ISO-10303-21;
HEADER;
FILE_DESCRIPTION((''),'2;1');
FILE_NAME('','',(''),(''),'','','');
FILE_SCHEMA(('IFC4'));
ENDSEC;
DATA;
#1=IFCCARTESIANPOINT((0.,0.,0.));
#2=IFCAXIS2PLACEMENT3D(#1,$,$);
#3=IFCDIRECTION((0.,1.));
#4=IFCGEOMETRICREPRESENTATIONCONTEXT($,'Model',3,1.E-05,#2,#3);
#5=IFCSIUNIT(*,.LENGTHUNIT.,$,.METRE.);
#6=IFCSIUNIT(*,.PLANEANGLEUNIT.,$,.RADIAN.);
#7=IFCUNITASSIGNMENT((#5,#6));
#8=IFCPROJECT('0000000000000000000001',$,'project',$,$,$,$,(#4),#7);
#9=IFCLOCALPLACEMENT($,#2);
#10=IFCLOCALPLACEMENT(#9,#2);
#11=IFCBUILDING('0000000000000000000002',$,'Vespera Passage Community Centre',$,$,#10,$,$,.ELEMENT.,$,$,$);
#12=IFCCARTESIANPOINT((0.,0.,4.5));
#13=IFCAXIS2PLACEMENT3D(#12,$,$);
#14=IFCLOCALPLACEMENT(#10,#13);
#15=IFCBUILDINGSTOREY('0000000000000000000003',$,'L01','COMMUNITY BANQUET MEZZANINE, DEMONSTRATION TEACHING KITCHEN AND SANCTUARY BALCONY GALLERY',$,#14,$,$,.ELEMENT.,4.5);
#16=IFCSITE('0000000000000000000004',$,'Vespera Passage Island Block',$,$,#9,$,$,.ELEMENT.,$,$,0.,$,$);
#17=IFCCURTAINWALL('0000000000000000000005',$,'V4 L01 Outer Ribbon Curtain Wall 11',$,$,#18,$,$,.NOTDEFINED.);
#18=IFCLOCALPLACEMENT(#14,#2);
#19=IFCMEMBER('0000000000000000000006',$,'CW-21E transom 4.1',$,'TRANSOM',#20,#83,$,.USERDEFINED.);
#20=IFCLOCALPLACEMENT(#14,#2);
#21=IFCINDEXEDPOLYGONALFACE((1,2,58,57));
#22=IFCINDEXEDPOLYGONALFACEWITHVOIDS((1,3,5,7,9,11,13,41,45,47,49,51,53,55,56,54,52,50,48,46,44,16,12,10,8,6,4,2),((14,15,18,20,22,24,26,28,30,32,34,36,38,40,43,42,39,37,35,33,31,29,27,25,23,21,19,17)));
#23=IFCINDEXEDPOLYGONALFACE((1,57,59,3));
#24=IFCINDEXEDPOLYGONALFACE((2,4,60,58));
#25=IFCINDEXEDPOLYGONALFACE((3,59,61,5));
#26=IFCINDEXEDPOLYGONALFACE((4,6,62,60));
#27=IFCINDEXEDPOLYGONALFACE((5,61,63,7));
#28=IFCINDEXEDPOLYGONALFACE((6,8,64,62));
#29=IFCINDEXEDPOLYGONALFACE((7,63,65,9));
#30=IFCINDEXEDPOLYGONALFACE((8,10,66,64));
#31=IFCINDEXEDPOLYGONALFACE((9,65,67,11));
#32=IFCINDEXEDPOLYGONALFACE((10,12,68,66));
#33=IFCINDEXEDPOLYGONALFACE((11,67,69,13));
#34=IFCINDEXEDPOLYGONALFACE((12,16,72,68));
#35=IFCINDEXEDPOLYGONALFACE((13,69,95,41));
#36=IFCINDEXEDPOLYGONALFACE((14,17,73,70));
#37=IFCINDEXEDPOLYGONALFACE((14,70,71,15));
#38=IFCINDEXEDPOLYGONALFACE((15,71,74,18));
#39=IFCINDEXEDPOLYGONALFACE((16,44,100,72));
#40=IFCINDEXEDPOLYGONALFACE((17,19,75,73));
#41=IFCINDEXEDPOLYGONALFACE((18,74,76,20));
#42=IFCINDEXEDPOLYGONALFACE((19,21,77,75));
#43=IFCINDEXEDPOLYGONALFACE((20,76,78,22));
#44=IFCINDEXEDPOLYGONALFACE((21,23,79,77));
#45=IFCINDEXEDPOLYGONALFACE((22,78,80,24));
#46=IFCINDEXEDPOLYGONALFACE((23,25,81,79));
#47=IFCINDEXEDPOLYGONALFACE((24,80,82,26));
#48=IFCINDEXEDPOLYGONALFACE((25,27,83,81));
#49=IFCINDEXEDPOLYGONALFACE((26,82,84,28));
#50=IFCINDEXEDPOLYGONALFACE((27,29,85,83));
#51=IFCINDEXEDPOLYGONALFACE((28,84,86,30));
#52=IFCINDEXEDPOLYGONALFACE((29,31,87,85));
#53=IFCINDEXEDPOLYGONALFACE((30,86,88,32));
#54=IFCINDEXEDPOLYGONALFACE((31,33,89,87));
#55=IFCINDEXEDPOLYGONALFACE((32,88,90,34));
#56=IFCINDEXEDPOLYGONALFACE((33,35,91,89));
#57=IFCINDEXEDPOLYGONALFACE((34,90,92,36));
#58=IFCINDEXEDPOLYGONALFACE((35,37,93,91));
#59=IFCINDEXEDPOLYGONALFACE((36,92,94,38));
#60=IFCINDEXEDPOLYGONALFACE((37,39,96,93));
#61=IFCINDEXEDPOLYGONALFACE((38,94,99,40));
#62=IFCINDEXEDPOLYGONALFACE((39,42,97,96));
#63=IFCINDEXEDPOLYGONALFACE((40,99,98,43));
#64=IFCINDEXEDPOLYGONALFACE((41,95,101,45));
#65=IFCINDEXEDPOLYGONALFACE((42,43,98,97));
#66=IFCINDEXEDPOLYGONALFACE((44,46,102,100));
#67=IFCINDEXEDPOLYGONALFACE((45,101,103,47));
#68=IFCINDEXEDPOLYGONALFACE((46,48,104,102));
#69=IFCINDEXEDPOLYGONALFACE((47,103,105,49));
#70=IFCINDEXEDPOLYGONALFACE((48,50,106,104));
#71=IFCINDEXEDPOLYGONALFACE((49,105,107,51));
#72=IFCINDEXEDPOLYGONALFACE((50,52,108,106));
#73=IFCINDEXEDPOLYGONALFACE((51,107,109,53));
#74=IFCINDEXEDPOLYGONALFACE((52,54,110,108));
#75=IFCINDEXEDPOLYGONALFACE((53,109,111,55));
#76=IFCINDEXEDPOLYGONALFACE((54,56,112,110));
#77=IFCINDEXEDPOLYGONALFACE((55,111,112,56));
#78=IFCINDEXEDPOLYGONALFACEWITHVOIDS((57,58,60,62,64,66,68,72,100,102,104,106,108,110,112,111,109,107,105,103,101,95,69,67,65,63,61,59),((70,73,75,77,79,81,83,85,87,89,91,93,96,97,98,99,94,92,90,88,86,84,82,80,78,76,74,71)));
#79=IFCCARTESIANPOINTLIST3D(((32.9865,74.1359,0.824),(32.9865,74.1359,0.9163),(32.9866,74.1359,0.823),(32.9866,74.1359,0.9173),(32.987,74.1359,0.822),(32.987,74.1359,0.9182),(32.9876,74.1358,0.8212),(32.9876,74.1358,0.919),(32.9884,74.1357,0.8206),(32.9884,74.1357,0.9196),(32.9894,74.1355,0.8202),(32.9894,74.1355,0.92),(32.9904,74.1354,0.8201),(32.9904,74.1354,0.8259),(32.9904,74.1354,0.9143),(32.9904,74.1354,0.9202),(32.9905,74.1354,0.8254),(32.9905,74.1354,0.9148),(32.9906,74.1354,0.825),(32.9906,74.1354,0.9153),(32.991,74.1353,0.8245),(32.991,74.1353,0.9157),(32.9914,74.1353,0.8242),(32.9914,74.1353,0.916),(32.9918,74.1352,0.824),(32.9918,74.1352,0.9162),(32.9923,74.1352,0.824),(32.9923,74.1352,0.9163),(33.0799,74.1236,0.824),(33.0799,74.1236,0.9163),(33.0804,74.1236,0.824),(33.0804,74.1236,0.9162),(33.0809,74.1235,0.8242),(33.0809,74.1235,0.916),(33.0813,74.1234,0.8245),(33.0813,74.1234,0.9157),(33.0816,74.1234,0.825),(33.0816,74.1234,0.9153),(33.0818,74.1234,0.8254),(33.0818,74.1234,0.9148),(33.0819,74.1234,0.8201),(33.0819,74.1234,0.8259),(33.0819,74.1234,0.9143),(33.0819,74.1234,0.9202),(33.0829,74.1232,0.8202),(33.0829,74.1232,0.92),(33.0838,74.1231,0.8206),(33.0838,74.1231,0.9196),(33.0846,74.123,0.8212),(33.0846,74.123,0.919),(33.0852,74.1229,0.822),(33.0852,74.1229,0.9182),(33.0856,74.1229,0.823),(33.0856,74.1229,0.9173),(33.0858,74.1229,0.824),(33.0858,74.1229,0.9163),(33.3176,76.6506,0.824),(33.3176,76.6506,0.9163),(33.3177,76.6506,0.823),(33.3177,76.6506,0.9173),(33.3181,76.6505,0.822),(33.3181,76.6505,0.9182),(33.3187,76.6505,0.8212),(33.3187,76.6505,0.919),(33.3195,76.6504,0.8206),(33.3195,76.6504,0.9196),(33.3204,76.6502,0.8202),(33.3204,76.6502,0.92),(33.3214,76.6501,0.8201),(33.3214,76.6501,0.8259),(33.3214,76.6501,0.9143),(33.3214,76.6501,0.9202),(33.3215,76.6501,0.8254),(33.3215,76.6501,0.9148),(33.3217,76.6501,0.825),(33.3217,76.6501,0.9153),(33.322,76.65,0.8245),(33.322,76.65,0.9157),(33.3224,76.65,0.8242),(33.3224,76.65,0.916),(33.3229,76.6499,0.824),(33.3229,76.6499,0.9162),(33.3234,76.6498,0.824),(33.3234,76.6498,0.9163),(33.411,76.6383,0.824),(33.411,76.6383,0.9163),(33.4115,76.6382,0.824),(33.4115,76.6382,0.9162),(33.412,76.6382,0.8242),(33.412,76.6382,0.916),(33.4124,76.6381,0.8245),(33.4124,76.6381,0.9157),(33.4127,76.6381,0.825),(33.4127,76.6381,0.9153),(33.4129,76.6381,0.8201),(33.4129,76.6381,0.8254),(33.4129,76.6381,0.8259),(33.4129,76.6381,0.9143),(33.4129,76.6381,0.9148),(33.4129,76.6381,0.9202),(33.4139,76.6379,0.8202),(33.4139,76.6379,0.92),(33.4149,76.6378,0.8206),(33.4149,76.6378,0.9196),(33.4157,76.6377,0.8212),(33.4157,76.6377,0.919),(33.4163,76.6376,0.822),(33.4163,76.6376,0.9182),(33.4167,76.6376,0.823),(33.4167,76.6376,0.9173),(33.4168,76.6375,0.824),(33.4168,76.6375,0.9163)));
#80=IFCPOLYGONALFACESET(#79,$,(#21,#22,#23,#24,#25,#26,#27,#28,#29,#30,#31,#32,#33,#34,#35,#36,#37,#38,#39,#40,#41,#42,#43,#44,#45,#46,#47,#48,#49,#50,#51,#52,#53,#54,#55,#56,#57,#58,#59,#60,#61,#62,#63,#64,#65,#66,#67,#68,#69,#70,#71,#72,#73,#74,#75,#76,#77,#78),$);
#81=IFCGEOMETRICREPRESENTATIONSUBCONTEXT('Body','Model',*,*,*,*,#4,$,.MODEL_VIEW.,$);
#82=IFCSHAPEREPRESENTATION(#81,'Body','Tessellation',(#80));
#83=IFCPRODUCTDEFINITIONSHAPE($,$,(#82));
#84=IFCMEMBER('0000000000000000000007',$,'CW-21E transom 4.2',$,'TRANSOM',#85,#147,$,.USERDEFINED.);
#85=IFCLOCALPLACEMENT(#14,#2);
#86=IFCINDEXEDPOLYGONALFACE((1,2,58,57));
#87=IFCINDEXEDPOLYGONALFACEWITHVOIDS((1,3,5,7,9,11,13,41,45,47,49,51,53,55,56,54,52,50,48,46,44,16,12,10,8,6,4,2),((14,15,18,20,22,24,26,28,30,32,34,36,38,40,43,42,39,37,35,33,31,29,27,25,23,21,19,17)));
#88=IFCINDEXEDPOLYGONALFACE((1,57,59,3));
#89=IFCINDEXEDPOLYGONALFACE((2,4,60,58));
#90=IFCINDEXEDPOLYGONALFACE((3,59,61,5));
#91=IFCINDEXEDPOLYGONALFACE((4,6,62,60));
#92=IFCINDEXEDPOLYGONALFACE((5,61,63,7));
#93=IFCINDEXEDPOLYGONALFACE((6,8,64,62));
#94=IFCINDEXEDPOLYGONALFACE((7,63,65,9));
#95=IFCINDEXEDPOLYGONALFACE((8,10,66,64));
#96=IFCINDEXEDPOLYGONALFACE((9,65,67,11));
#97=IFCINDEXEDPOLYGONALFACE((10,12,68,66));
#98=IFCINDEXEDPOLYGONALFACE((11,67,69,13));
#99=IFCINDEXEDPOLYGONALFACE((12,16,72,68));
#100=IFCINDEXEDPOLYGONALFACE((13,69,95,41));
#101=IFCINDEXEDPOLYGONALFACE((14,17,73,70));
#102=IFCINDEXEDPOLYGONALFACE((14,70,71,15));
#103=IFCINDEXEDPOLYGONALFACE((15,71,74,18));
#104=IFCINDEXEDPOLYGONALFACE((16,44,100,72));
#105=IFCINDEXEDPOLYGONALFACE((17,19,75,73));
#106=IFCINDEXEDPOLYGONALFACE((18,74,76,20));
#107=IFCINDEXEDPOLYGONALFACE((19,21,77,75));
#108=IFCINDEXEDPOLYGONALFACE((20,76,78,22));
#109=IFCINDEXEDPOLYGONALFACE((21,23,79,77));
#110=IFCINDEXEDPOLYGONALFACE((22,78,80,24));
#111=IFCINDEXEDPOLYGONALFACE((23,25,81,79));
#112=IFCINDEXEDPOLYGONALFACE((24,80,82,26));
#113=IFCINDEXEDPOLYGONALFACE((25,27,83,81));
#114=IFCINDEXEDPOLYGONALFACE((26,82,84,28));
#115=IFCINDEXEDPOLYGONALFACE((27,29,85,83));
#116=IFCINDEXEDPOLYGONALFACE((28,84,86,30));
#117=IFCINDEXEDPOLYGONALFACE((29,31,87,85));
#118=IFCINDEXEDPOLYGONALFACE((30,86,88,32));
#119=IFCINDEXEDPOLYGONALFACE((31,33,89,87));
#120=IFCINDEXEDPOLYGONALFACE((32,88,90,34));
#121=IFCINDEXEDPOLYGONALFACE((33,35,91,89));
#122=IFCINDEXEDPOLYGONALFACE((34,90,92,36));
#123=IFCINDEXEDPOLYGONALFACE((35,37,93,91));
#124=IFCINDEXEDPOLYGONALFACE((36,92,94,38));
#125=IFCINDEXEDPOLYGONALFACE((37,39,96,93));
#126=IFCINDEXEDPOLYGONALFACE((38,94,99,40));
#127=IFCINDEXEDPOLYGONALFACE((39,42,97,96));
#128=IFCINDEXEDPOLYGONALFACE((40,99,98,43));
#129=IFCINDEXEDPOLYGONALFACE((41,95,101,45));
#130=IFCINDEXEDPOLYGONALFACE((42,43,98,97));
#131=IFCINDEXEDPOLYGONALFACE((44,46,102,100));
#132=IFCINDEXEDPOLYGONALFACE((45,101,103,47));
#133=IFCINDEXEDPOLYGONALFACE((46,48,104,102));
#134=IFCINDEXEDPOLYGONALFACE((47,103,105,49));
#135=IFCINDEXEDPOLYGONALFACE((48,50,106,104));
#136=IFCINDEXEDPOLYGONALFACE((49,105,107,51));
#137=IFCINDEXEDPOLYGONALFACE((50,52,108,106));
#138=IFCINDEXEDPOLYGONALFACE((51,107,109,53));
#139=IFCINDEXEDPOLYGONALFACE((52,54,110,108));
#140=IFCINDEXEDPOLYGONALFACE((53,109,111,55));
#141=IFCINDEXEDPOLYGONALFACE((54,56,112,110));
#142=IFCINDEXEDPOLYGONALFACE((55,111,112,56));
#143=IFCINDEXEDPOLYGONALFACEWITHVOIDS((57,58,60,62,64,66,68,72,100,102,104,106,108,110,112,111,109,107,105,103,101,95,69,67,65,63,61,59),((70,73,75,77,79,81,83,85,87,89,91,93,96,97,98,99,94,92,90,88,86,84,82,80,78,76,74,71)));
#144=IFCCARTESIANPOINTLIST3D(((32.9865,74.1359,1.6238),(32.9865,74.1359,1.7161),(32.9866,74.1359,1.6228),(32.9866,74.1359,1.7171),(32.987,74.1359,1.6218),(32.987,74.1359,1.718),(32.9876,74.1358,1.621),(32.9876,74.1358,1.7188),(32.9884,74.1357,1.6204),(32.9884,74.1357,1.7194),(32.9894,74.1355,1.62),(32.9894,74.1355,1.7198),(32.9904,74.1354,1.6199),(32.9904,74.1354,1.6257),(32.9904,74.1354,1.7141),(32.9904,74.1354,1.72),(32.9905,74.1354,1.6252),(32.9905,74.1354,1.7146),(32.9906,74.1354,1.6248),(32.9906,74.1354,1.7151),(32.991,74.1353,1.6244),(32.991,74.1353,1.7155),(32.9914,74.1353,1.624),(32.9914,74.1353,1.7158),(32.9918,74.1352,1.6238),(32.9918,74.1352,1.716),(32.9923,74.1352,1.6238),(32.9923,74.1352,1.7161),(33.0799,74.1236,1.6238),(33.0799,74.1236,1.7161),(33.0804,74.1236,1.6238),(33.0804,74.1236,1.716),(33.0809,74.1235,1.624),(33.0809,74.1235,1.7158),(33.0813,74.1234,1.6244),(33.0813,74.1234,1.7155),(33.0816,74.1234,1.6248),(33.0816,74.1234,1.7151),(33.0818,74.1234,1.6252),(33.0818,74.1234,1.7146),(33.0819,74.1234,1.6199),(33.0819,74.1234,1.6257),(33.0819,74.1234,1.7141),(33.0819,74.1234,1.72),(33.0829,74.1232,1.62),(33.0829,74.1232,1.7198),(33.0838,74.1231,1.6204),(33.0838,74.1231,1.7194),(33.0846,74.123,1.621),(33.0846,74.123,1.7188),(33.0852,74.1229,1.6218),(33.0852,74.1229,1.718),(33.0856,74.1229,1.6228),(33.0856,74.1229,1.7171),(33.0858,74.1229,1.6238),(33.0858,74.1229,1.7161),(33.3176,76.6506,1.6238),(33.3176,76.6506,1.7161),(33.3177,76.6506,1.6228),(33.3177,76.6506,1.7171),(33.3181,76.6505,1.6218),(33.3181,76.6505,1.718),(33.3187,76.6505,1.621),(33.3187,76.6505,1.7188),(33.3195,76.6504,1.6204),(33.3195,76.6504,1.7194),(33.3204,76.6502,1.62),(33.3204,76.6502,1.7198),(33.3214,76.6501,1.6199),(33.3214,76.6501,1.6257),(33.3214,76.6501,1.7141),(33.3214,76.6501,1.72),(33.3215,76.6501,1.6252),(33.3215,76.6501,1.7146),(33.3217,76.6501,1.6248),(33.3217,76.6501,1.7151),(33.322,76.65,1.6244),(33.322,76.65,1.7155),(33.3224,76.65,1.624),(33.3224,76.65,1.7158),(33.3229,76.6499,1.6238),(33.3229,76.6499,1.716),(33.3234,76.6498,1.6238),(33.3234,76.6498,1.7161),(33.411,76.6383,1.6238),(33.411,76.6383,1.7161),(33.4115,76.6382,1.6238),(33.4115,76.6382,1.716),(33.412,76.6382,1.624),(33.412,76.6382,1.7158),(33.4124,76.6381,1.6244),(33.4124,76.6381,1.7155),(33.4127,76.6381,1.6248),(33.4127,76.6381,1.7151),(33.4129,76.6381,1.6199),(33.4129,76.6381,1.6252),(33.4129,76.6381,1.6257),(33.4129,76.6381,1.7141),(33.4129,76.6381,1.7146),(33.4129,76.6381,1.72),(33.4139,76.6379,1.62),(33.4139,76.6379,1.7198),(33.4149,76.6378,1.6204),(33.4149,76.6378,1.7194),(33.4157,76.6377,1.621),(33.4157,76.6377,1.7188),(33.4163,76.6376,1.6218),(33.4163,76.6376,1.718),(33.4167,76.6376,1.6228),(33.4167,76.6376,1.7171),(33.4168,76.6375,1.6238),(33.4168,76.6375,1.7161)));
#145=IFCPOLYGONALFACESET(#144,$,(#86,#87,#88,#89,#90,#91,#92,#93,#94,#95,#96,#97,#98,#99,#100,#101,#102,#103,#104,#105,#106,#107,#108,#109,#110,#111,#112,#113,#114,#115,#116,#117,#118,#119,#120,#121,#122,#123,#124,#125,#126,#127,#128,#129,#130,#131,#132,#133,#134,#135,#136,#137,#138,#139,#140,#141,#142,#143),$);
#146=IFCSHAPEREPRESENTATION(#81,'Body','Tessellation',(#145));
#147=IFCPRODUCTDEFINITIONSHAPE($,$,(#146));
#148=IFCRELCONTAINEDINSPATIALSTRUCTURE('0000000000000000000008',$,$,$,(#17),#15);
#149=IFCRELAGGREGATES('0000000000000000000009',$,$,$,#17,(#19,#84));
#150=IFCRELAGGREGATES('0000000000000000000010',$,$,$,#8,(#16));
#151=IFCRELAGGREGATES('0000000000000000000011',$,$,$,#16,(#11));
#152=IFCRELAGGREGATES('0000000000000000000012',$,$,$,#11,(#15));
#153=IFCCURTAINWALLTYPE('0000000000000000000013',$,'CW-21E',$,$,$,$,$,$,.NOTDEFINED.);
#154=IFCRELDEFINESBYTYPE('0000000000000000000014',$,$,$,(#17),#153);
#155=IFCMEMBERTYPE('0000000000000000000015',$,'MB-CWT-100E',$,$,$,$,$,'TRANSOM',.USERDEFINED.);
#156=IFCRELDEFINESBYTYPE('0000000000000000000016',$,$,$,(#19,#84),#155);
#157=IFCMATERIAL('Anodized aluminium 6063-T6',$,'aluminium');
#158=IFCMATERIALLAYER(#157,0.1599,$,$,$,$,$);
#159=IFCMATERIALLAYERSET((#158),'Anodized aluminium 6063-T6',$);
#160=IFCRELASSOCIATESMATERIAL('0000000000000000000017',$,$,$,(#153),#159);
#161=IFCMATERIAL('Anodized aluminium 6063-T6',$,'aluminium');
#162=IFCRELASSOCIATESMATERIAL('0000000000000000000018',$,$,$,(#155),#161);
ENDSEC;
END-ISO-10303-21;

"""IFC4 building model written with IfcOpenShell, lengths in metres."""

from ifc_helpers import new_model, si_unit, direction, frame, origin, origin_2d, place, context, subcontext, project, spatial, hollow_rectangle, extrude, material, layer, layer_set, material_profile, profile_set, type_object, element, aggregate, save


model = new_model("IFC4")

# Units and contexts
model_context = context("Model", 3, precision=1e-05, world=origin(), true_north=direction((0.0, 1.0)))
body_context = subcontext(model_context, "Body", "Model", "MODEL_VIEW")
ifc_project = project(units=[si_unit("LENGTHUNIT", "METRE"), si_unit("PLANEANGLEUNIT", "RADIAN")], contexts=[model_context])

# Site, building, storey
site_placement = place(None, origin())
site = spatial("IfcSite", under=ifc_project, at=site_placement, Name="Vespera Passage Island Block", CompositionType="ELEMENT", RefElevation=0.0)
building_placement = place(site_placement, origin())
building = spatial("IfcBuilding", under=site, at=building_placement, Name="Vespera Passage Community Centre", CompositionType="ELEMENT")
storey_placement = place(building_placement, frame((0.0, 0.0, 4.5)))
storey = spatial("IfcBuildingStorey", under=building, at=storey_placement, Name="L01", Description="COMMUNITY BANQUET MEZZANINE, DEMONSTRATION TEACHING KITCHEN AND SANCTUARY BALCONY GALLERY", CompositionType="ELEMENT", Elevation=4.5)

# Curtain wall, members
ifc_material_1 = material(Name="Anodized aluminium 6063-T6", Category="aluminium")
ifc_layer_1 = layer(ifc_material_1, 0.1599)
ifc_layer_set_1 = layer_set([ifc_layer_1], Name="Anodized aluminium 6063-T6")
curtain_wall_type = type_object("IfcCurtainWallType", Name="CW-21E", PredefinedType="NOTDEFINED", material=ifc_layer_set_1)
curtain_wall_placement = place(storey_placement, origin())
curtain_wall = element("IfcCurtainWall", 1, at=curtain_wall_placement, inside=storey, type_object=curtain_wall_type, Name="V4 L01 Outer Ribbon Curtain Wall 11", PredefinedType="NOTDEFINED")
ifc_material_2 = material(Name="Anodized aluminium 6063-T6", Category="aluminium")
ifc_material_profile_1 = material_profile(ifc_material_2, hollow_rectangle(XDim=0.1001, YDim=0.1001, WallThickness=0.0039, InnerFilletRadius=0.002, OuterFilletRadius=0.0039, at=origin_2d()), Name="ALU100X100X4")
ifc_profile_set_1 = profile_set([ifc_material_profile_1], Name="Anodized aluminium 6063-T6")
member_type_1 = type_object("IfcMemberType", Name="MB-CWT-100E", ElementType="TRANSOM", PredefinedType="USERDEFINED", material=ifc_profile_set_1)
member_1_placement = place(storey_placement, frame((33.0361, 74.1294, 0.8701), z_axis=(0.130524, 0.991445, 0.0), x_axis=(-0.991445, 0.130524, 0.0)))
member_1 = element("IfcMember", 2, at=member_1_placement, type_object=member_type_1, Name="CW-21E transom 4.1", ObjectType="TRANSOM", PredefinedType="USERDEFINED", context=body_context, shape_type="SweptSolid", body=[
    extrude(hollow_rectangle(XDim=0.1001, YDim=0.1001, WallThickness=0.0039, InnerFilletRadius=0.002, OuterFilletRadius=0.0039, at=origin_2d()), origin(), (0.0, 0.0, 1.0), 2.5364),
])
member_2_placement = place(storey_placement, frame((33.0361, 74.1294, 1.6699), z_axis=(0.130524, 0.991445, 0.0), x_axis=(-0.991445, 0.130524, 0.0)))
member_2 = element("IfcMember", 3, at=member_2_placement, type_object=member_type_1, Name="CW-21E transom 4.2", ObjectType="TRANSOM", PredefinedType="USERDEFINED", context=body_context, shape_type="SweptSolid", body=[
    extrude(hollow_rectangle(XDim=0.1001, YDim=0.1001, WallThickness=0.0039, InnerFilletRadius=0.002, OuterFilletRadius=0.0039, at=origin_2d()), origin(), (0.0, 0.0, 1.0), 2.5364),
])
aggregate(curtain_wall, [member_1, member_2])

save(model, "model.ifc")
